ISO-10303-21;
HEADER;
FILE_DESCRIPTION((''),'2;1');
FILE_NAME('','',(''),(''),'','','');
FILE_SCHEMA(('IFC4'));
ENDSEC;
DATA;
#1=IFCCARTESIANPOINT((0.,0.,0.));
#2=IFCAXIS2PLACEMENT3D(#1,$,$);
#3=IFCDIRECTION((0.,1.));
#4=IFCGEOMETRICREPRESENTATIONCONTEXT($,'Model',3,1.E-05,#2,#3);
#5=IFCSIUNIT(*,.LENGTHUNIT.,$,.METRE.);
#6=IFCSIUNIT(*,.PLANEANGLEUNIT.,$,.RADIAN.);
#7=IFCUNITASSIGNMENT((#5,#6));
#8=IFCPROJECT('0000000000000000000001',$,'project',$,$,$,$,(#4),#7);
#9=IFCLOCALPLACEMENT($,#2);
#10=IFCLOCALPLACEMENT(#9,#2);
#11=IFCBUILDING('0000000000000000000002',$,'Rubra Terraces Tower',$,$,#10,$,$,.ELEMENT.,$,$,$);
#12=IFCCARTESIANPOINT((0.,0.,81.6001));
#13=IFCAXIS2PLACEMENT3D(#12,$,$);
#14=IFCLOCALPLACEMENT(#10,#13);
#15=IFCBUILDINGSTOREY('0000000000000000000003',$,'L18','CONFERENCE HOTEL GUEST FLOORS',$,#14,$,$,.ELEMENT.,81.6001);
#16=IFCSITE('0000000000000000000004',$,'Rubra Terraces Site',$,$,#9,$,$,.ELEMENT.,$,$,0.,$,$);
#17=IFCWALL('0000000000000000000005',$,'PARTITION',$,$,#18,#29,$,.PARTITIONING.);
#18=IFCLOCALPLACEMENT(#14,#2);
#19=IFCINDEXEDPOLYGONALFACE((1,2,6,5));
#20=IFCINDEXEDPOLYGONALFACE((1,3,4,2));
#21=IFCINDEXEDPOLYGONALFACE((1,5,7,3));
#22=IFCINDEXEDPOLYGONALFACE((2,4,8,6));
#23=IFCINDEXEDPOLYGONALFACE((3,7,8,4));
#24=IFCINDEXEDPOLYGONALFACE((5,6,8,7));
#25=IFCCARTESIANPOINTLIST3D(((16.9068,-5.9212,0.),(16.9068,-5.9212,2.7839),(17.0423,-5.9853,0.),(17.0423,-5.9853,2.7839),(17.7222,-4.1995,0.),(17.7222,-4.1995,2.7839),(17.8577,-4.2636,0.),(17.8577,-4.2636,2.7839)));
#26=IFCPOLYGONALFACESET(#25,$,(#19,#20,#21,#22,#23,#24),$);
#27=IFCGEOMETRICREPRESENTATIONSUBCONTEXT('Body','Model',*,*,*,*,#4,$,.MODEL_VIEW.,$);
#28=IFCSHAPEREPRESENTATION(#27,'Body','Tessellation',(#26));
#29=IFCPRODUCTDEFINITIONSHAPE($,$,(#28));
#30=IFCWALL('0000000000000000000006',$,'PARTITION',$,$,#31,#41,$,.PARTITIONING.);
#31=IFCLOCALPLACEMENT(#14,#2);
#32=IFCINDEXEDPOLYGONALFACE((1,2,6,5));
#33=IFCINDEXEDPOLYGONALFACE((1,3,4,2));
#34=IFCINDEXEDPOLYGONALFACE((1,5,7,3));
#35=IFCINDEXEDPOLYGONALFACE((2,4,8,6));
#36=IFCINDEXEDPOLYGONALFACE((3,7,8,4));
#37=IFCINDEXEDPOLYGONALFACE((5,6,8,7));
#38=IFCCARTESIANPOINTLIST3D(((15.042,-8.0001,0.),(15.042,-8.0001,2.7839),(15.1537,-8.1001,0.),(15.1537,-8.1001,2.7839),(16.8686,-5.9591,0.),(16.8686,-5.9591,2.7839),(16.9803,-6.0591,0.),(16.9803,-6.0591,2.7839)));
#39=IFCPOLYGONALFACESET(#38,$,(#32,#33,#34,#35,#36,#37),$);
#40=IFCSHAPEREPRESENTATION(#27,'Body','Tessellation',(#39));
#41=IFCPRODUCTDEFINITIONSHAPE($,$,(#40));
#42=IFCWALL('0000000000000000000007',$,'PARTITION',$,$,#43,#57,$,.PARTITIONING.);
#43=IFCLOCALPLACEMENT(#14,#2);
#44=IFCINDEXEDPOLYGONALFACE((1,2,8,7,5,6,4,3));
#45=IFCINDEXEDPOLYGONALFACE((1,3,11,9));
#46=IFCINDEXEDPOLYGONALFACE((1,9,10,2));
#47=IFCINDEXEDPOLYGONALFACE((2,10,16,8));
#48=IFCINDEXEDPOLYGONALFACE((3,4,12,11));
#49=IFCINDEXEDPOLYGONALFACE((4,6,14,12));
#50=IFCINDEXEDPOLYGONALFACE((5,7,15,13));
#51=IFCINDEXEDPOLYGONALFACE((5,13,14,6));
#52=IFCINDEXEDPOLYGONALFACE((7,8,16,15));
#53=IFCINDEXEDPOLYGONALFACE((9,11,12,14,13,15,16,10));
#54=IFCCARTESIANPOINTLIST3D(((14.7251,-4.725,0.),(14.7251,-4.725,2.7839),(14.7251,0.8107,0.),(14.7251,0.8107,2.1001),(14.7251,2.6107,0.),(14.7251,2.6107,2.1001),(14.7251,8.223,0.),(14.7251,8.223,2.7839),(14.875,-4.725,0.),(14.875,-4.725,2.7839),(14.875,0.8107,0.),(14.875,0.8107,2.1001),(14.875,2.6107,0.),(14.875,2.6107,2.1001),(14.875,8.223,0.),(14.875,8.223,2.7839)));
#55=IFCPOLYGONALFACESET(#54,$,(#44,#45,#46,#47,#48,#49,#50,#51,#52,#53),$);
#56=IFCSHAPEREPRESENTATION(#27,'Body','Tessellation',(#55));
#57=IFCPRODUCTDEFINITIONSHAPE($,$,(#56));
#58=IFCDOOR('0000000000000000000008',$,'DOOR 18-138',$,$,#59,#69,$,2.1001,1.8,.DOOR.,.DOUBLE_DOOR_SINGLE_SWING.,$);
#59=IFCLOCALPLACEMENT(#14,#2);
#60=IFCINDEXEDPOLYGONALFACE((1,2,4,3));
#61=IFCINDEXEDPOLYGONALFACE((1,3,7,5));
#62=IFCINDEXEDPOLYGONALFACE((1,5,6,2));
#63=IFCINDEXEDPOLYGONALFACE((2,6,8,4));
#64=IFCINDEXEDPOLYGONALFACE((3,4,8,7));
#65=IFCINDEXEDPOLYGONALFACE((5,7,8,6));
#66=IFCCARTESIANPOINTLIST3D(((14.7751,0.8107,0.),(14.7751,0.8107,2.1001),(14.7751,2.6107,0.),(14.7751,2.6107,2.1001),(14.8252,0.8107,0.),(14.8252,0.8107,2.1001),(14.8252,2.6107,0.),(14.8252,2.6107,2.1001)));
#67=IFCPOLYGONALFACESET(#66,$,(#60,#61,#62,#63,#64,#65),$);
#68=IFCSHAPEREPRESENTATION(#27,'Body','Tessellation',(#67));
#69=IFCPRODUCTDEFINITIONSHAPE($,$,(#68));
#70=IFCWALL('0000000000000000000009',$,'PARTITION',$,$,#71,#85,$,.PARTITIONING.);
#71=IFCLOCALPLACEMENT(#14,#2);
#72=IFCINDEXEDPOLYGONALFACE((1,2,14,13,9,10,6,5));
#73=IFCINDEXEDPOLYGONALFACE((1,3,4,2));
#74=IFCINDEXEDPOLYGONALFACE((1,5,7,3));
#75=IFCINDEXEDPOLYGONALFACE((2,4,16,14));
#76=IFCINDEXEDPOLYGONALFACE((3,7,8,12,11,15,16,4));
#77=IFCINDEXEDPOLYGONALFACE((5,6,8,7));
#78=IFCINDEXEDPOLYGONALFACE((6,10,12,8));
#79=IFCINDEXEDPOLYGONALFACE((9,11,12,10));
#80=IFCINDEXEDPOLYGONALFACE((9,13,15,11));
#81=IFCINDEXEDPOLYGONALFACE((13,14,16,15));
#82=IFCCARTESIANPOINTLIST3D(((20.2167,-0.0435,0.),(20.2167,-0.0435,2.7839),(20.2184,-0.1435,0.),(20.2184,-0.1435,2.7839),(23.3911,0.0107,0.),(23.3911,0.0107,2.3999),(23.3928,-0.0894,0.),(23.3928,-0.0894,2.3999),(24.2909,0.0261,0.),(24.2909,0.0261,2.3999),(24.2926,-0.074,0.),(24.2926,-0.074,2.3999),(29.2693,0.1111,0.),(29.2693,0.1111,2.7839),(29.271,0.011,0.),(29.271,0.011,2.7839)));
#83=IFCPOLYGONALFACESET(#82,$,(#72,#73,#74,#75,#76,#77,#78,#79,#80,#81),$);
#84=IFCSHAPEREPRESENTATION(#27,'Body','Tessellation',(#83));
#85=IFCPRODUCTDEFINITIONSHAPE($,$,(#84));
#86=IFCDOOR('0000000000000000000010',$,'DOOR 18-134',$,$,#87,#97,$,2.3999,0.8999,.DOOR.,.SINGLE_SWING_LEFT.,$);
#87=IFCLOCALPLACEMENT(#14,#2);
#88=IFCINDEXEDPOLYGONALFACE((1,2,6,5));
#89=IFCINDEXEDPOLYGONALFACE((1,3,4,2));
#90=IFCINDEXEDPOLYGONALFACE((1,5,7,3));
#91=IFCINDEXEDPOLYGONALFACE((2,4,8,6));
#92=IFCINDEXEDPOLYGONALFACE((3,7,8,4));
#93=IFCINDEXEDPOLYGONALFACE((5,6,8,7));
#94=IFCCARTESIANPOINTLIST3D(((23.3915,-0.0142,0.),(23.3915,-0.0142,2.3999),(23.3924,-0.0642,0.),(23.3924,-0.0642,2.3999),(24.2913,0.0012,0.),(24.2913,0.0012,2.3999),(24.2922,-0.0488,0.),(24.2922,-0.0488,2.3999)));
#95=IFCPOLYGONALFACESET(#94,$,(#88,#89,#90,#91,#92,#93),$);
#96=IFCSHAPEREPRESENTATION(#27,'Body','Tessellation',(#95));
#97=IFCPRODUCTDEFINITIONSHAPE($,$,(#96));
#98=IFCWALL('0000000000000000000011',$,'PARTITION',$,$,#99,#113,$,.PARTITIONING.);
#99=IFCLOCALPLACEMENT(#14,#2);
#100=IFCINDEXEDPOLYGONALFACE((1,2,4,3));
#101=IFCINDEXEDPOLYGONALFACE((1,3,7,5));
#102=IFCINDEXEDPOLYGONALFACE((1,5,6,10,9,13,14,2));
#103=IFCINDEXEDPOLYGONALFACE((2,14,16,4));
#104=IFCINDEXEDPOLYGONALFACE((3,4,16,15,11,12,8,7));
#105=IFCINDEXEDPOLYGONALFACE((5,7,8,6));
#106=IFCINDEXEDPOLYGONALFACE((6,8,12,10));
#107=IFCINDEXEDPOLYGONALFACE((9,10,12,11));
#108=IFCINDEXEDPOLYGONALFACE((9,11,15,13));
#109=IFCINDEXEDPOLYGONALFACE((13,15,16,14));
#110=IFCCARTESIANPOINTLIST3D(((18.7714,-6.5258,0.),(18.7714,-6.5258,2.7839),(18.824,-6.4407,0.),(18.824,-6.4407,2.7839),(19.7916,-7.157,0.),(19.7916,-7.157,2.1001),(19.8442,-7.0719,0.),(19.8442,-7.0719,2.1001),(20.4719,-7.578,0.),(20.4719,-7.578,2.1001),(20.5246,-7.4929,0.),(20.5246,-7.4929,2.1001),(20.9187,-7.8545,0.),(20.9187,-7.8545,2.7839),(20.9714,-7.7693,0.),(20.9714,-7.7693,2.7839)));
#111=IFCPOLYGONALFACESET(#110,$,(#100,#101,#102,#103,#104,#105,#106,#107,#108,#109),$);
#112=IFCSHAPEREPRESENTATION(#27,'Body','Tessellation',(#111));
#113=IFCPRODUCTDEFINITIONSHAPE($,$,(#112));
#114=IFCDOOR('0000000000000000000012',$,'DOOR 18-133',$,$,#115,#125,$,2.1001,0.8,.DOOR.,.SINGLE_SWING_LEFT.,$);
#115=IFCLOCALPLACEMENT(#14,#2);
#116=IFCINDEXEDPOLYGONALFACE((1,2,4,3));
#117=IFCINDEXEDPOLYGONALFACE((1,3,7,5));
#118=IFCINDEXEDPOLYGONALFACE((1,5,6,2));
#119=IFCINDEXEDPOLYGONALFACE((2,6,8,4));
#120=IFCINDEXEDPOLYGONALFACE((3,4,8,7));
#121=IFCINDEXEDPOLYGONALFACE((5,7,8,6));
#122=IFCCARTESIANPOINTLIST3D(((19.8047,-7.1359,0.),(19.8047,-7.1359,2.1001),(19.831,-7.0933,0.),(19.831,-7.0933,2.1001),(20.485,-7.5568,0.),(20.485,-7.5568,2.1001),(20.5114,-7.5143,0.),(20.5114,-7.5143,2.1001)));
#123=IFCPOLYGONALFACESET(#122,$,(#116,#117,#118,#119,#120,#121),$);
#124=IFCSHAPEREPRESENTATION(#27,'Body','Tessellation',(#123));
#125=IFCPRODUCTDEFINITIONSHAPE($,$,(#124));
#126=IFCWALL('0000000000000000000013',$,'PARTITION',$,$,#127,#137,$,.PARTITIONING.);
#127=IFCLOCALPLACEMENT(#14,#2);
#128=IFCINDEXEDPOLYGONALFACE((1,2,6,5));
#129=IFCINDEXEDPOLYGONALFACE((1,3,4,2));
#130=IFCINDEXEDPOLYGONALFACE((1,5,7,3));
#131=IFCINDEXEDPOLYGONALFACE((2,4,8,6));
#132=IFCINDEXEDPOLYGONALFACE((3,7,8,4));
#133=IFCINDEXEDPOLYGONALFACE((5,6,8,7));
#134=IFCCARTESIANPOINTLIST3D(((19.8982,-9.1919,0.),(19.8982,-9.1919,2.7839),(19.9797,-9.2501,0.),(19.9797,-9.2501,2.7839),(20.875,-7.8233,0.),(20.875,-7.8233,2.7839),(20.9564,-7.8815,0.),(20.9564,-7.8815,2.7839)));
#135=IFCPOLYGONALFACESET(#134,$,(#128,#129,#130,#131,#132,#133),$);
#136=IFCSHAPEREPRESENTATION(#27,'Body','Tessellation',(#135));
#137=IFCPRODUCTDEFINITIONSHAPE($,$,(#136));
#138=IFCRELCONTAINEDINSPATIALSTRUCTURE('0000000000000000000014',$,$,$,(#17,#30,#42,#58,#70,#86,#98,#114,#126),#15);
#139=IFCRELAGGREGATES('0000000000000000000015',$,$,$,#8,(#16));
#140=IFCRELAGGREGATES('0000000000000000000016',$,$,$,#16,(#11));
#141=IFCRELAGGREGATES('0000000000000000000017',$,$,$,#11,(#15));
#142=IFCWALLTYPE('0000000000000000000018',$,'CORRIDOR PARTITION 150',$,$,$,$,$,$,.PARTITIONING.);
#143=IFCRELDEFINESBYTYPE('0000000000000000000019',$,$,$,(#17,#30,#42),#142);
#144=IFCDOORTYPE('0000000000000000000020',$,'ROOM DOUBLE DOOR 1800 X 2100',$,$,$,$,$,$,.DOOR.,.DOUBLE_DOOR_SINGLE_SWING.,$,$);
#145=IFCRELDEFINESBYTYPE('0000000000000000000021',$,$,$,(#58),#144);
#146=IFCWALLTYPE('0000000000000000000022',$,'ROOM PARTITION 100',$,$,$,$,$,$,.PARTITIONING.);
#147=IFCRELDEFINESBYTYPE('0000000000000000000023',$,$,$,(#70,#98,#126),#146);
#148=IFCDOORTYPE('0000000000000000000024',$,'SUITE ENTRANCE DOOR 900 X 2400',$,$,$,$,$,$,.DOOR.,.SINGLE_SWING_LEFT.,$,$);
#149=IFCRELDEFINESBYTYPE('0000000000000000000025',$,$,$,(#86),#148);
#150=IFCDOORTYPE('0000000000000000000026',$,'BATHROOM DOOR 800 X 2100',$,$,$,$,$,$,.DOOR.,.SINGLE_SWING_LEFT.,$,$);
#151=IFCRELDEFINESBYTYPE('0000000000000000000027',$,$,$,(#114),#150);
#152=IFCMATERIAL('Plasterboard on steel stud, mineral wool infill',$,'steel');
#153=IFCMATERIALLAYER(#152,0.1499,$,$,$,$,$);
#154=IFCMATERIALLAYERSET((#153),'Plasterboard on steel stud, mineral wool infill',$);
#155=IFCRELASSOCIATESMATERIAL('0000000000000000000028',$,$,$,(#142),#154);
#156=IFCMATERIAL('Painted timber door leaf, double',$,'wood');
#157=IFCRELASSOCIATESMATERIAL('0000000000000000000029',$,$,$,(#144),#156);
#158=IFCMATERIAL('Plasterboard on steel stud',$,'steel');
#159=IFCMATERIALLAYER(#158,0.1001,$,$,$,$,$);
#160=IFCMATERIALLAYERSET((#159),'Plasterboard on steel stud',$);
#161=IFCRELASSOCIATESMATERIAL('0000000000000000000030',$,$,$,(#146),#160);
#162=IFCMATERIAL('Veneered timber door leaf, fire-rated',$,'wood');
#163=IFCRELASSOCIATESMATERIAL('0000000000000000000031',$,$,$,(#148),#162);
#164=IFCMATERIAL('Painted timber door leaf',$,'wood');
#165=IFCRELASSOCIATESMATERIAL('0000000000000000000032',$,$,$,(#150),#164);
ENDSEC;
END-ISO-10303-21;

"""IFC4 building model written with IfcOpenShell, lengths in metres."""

from ifc_helpers import new_model, si_unit, direction, frame, frame_2d, origin, place, context, subcontext, project, spatial, rectangle, extrude, material, layer, layer_set, type_object, element, fill, save


model = new_model("IFC4")

# Units and contexts
model_context = context("Model", 3, precision=1e-05, world=origin(), true_north=direction((0.0, 1.0)))
body_context = subcontext(model_context, "Body", "Model", "MODEL_VIEW")
ifc_project = project(units=[si_unit("LENGTHUNIT", "METRE"), si_unit("PLANEANGLEUNIT", "RADIAN")], contexts=[model_context])

# Site, building, storey
site_placement = place(None, origin())
site = spatial("IfcSite", under=ifc_project, at=site_placement, Name="Rubra Terraces Site", CompositionType="ELEMENT", RefElevation=0.0)
building_placement = place(site_placement, origin())
building = spatial("IfcBuilding", under=site, at=building_placement, Name="Rubra Terraces Tower", CompositionType="ELEMENT")
storey_placement = place(building_placement, frame((0.0, 0.0, 81.6001)))
storey = spatial("IfcBuildingStorey", under=building, at=storey_placement, Name="L18", Description="CONFERENCE HOTEL GUEST FLOORS", CompositionType="ELEMENT", Elevation=81.6001)

# Shared definitions
ifc_material_1 = material(Name="Plasterboard on steel stud, mineral wool infill", Category="steel")
ifc_layer_1 = layer(ifc_material_1, 0.1499)
ifc_layer_set_1 = layer_set([ifc_layer_1], Name="Plasterboard on steel stud, mineral wool infill")
wall_type_1 = type_object("IfcWallType", Name="CORRIDOR PARTITION 150", PredefinedType="PARTITIONING", material=ifc_layer_set_1)

# Shared definitions
ifc_material_2 = material(Name="Painted timber door leaf", Category="wood")

# Walls
wall_1_placement = place(storey_placement, frame((17.79, -4.2314, 0.0), z_axis=(0.0, 0.0, 1.0), x_axis=(-0.428042, -0.903759, 0.0)))
element("IfcWall", 1, at=wall_1_placement, inside=storey, type_object=wall_type_1, Name="PARTITION", PredefinedType="PARTITIONING", context=body_context, shape_type="SweptSolid", body=[
    extrude(rectangle(XDim=1.905, YDim=0.1499, at=frame_2d((0.9526, 0.0))), origin(), (0.0, 0.0, 1.0), 2.7839),
])
wall_2_placement = place(storey_placement, frame((16.9246, -6.009, 0.0), z_axis=(0.0, 0.0, 1.0), x_axis=(-0.666894, -0.745153, 0.0)))
element("IfcWall", 2, at=wall_2_placement, inside=storey, type_object=wall_type_1, Name="PARTITION", PredefinedType="PARTITIONING", context=body_context, shape_type="SweptSolid", body=[
    extrude(rectangle(XDim=2.739, YDim=0.1499, at=frame_2d((1.3696, 0.0))), origin(), (0.0, 0.0, 1.0), 2.7839),
])

# Walls, openings, doors
wall_3_placement = place(storey_placement, frame((14.8, -4.7251, 0.0), z_axis=(0.0, 0.0, 1.0), x_axis=(0.0, 1.0, 0.0)))
wall_3 = element("IfcWall", 3, at=wall_3_placement, inside=storey, type_object=wall_type_1, Name="PARTITION", PredefinedType="PARTITIONING", context=body_context, shape_type="SweptSolid", body=[
    extrude(rectangle(XDim=12.948, YDim=0.1499, at=frame_2d((6.4741, 0.0))), origin(), (0.0, 0.0, 1.0), 2.7839),
])
opening_1_placement = place(wall_3_placement, frame((5.5359, 0.0, 0.0)))
opening_1 = element("IfcOpeningElement", 4, at=opening_1_placement, cuts=wall_3, PredefinedType="OPENING", context=body_context, shape_type="SweptSolid", body=[
    extrude(rectangle(XDim=1.8, YDim=2.1001, at=frame_2d((0.8999, 1.05))), frame((0.0, 0.085, 0.0), z_axis=(0.0, -1.0, 0.0), x_axis=(1.0, 0.0, 0.0)), (0.0, 0.0, 1.0), 0.1699),
])
ifc_material_3 = material(Name="Painted timber door leaf, double", Category="wood")
door_type_1 = type_object("IfcDoorType", Name="ROOM DOUBLE DOOR 1800 X 2100", OperationType="DOUBLE_DOOR_SINGLE_SWING", PredefinedType="DOOR", material=ifc_material_3)
door_1_placement = place(opening_1_placement, origin())
door_1 = element("IfcDoor", 5, at=door_1_placement, inside=storey, type_object=door_type_1, Name="DOOR 18-138", OperationType="DOUBLE_DOOR_SINGLE_SWING", OverallHeight=2.1001, OverallWidth=1.8, PredefinedType="DOOR", context=body_context, shape_type="SweptSolid", body=[
    extrude(rectangle(XDim=1.8, YDim=2.1001, at=frame_2d((0.8999, 1.05))), frame((0.0, 0.0249, 0.0), z_axis=(0.0, -1.0, 0.0), x_axis=(1.0, 0.0, 0.0)), (0.0, 0.0, 1.0), 0.05),
])
fill(opening_1, door_1)
ifc_material_4 = material(Name="Plasterboard on steel stud", Category="steel")
ifc_layer_2 = layer(ifc_material_4, 0.1001)
ifc_layer_set_2 = layer_set([ifc_layer_2], Name="Plasterboard on steel stud")
wall_type_2 = type_object("IfcWallType", Name="ROOM PARTITION 100", PredefinedType="PARTITIONING", material=ifc_layer_set_2)
wall_4_placement = place(storey_placement, frame((29.27, 0.061, 0.0), z_axis=(0.0, 0.0, 1.0), x_axis=(-0.999854, -0.017069, 0.0)))
wall_4 = element("IfcWall", 6, at=wall_4_placement, inside=storey, type_object=wall_type_2, Name="PARTITION", PredefinedType="PARTITIONING", context=body_context, shape_type="SweptSolid", body=[
    extrude(rectangle(XDim=9.054, YDim=0.1001, at=frame_2d((4.5269, 0.0))), origin(), (0.0, 0.0, 1.0), 2.7839),
])
opening_2_placement = place(wall_4_placement, frame((4.979, 0.0, 0.0)))
opening_2 = element("IfcOpeningElement", 7, at=opening_2_placement, cuts=wall_4, PredefinedType="OPENING", context=body_context, shape_type="SweptSolid", body=[
    extrude(rectangle(XDim=0.8999, YDim=2.3999, at=frame_2d((0.45, 1.2))), frame((0.0, 0.0601, 0.0), z_axis=(0.0, -1.0, 0.0), x_axis=(1.0, 0.0, 0.0)), (0.0, 0.0, 1.0), 0.1201),
])
ifc_material_5 = material(Name="Veneered timber door leaf, fire-rated", Category="wood")
door_type_2 = type_object("IfcDoorType", Name="SUITE ENTRANCE DOOR 900 X 2400", OperationType="SINGLE_SWING_LEFT", PredefinedType="DOOR", material=ifc_material_5)
door_2_placement = place(opening_2_placement, origin())
door_2 = element("IfcDoor", 8, at=door_2_placement, inside=storey, type_object=door_type_2, Name="DOOR 18-134", OperationType="SINGLE_SWING_LEFT", OverallHeight=2.3999, OverallWidth=0.8999, PredefinedType="DOOR", context=body_context, shape_type="SweptSolid", body=[
    extrude(rectangle(XDim=0.8999, YDim=2.3999, at=frame_2d((0.45, 1.2))), frame((0.0, 0.0249, 0.0), z_axis=(0.0, -1.0, 0.0), x_axis=(1.0, 0.0, 0.0)), (0.0, 0.0, 1.0), 0.05),
])
fill(opening_2, door_2)
wall_5_placement = place(storey_placement, frame((18.7976, -6.4832, 0.0), z_axis=(0.0, 0.0, 1.0), x_axis=(0.850374, -0.526178, 0.0)))
wall_5 = element("IfcWall", 9, at=wall_5_placement, inside=storey, type_object=wall_type_2, Name="PARTITION", PredefinedType="PARTITIONING", context=body_context, shape_type="SweptSolid", body=[
    extrude(rectangle(XDim=2.5251, YDim=0.1001, at=frame_2d((1.2627, 0.0))), origin(), (0.0, 0.0, 1.0), 2.7839),
])
opening_3_placement = place(wall_5_placement, frame((1.2, 0.0, 0.0)))
opening_3 = element("IfcOpeningElement", 10, at=opening_3_placement, cuts=wall_5, PredefinedType="OPENING", context=body_context, shape_type="SweptSolid", body=[
    extrude(rectangle(XDim=0.8, YDim=2.1001, at=frame_2d((0.3999, 1.05))), frame((0.0, 0.0601, 0.0), z_axis=(0.0, -1.0, 0.0), x_axis=(1.0, 0.0, 0.0)), (0.0, 0.0, 1.0), 0.1201),
])
door_type_3 = type_object("IfcDoorType", Name="BATHROOM DOOR 800 X 2100", OperationType="SINGLE_SWING_LEFT", PredefinedType="DOOR", material=ifc_material_2)
door_3_placement = place(opening_3_placement, origin())
door_3 = element("IfcDoor", 11, at=door_3_placement, inside=storey, type_object=door_type_3, Name="DOOR 18-133", OperationType="SINGLE_SWING_LEFT", OverallHeight=2.1001, OverallWidth=0.8, PredefinedType="DOOR", context=body_context, shape_type="SweptSolid", body=[
    extrude(rectangle(XDim=0.8, YDim=2.1001, at=frame_2d((0.3999, 1.05))), frame((0.0, 0.0249, 0.0), z_axis=(0.0, -1.0, 0.0), x_axis=(1.0, 0.0, 0.0)), (0.0, 0.0, 1.0), 0.05),
])
fill(opening_3, door_3)

# Wall
wall_6_placement = place(storey_placement, frame((20.9158, -7.8523, 0.0), z_axis=(0.0, 0.0, 1.0), x_axis=(-0.580922, -0.813959, 0.0)))
element("IfcWall", 12, at=wall_6_placement, inside=storey, type_object=wall_type_2, Name="PARTITION", PredefinedType="PARTITIONING", context=body_context, shape_type="SweptSolid", body=[
    extrude(rectangle(XDim=1.6814, YDim=0.1001, at=frame_2d((0.8408, 0.0))), origin(), (0.0, 0.0, 1.0), 2.7839),
])

save(model, "model.ifc")
